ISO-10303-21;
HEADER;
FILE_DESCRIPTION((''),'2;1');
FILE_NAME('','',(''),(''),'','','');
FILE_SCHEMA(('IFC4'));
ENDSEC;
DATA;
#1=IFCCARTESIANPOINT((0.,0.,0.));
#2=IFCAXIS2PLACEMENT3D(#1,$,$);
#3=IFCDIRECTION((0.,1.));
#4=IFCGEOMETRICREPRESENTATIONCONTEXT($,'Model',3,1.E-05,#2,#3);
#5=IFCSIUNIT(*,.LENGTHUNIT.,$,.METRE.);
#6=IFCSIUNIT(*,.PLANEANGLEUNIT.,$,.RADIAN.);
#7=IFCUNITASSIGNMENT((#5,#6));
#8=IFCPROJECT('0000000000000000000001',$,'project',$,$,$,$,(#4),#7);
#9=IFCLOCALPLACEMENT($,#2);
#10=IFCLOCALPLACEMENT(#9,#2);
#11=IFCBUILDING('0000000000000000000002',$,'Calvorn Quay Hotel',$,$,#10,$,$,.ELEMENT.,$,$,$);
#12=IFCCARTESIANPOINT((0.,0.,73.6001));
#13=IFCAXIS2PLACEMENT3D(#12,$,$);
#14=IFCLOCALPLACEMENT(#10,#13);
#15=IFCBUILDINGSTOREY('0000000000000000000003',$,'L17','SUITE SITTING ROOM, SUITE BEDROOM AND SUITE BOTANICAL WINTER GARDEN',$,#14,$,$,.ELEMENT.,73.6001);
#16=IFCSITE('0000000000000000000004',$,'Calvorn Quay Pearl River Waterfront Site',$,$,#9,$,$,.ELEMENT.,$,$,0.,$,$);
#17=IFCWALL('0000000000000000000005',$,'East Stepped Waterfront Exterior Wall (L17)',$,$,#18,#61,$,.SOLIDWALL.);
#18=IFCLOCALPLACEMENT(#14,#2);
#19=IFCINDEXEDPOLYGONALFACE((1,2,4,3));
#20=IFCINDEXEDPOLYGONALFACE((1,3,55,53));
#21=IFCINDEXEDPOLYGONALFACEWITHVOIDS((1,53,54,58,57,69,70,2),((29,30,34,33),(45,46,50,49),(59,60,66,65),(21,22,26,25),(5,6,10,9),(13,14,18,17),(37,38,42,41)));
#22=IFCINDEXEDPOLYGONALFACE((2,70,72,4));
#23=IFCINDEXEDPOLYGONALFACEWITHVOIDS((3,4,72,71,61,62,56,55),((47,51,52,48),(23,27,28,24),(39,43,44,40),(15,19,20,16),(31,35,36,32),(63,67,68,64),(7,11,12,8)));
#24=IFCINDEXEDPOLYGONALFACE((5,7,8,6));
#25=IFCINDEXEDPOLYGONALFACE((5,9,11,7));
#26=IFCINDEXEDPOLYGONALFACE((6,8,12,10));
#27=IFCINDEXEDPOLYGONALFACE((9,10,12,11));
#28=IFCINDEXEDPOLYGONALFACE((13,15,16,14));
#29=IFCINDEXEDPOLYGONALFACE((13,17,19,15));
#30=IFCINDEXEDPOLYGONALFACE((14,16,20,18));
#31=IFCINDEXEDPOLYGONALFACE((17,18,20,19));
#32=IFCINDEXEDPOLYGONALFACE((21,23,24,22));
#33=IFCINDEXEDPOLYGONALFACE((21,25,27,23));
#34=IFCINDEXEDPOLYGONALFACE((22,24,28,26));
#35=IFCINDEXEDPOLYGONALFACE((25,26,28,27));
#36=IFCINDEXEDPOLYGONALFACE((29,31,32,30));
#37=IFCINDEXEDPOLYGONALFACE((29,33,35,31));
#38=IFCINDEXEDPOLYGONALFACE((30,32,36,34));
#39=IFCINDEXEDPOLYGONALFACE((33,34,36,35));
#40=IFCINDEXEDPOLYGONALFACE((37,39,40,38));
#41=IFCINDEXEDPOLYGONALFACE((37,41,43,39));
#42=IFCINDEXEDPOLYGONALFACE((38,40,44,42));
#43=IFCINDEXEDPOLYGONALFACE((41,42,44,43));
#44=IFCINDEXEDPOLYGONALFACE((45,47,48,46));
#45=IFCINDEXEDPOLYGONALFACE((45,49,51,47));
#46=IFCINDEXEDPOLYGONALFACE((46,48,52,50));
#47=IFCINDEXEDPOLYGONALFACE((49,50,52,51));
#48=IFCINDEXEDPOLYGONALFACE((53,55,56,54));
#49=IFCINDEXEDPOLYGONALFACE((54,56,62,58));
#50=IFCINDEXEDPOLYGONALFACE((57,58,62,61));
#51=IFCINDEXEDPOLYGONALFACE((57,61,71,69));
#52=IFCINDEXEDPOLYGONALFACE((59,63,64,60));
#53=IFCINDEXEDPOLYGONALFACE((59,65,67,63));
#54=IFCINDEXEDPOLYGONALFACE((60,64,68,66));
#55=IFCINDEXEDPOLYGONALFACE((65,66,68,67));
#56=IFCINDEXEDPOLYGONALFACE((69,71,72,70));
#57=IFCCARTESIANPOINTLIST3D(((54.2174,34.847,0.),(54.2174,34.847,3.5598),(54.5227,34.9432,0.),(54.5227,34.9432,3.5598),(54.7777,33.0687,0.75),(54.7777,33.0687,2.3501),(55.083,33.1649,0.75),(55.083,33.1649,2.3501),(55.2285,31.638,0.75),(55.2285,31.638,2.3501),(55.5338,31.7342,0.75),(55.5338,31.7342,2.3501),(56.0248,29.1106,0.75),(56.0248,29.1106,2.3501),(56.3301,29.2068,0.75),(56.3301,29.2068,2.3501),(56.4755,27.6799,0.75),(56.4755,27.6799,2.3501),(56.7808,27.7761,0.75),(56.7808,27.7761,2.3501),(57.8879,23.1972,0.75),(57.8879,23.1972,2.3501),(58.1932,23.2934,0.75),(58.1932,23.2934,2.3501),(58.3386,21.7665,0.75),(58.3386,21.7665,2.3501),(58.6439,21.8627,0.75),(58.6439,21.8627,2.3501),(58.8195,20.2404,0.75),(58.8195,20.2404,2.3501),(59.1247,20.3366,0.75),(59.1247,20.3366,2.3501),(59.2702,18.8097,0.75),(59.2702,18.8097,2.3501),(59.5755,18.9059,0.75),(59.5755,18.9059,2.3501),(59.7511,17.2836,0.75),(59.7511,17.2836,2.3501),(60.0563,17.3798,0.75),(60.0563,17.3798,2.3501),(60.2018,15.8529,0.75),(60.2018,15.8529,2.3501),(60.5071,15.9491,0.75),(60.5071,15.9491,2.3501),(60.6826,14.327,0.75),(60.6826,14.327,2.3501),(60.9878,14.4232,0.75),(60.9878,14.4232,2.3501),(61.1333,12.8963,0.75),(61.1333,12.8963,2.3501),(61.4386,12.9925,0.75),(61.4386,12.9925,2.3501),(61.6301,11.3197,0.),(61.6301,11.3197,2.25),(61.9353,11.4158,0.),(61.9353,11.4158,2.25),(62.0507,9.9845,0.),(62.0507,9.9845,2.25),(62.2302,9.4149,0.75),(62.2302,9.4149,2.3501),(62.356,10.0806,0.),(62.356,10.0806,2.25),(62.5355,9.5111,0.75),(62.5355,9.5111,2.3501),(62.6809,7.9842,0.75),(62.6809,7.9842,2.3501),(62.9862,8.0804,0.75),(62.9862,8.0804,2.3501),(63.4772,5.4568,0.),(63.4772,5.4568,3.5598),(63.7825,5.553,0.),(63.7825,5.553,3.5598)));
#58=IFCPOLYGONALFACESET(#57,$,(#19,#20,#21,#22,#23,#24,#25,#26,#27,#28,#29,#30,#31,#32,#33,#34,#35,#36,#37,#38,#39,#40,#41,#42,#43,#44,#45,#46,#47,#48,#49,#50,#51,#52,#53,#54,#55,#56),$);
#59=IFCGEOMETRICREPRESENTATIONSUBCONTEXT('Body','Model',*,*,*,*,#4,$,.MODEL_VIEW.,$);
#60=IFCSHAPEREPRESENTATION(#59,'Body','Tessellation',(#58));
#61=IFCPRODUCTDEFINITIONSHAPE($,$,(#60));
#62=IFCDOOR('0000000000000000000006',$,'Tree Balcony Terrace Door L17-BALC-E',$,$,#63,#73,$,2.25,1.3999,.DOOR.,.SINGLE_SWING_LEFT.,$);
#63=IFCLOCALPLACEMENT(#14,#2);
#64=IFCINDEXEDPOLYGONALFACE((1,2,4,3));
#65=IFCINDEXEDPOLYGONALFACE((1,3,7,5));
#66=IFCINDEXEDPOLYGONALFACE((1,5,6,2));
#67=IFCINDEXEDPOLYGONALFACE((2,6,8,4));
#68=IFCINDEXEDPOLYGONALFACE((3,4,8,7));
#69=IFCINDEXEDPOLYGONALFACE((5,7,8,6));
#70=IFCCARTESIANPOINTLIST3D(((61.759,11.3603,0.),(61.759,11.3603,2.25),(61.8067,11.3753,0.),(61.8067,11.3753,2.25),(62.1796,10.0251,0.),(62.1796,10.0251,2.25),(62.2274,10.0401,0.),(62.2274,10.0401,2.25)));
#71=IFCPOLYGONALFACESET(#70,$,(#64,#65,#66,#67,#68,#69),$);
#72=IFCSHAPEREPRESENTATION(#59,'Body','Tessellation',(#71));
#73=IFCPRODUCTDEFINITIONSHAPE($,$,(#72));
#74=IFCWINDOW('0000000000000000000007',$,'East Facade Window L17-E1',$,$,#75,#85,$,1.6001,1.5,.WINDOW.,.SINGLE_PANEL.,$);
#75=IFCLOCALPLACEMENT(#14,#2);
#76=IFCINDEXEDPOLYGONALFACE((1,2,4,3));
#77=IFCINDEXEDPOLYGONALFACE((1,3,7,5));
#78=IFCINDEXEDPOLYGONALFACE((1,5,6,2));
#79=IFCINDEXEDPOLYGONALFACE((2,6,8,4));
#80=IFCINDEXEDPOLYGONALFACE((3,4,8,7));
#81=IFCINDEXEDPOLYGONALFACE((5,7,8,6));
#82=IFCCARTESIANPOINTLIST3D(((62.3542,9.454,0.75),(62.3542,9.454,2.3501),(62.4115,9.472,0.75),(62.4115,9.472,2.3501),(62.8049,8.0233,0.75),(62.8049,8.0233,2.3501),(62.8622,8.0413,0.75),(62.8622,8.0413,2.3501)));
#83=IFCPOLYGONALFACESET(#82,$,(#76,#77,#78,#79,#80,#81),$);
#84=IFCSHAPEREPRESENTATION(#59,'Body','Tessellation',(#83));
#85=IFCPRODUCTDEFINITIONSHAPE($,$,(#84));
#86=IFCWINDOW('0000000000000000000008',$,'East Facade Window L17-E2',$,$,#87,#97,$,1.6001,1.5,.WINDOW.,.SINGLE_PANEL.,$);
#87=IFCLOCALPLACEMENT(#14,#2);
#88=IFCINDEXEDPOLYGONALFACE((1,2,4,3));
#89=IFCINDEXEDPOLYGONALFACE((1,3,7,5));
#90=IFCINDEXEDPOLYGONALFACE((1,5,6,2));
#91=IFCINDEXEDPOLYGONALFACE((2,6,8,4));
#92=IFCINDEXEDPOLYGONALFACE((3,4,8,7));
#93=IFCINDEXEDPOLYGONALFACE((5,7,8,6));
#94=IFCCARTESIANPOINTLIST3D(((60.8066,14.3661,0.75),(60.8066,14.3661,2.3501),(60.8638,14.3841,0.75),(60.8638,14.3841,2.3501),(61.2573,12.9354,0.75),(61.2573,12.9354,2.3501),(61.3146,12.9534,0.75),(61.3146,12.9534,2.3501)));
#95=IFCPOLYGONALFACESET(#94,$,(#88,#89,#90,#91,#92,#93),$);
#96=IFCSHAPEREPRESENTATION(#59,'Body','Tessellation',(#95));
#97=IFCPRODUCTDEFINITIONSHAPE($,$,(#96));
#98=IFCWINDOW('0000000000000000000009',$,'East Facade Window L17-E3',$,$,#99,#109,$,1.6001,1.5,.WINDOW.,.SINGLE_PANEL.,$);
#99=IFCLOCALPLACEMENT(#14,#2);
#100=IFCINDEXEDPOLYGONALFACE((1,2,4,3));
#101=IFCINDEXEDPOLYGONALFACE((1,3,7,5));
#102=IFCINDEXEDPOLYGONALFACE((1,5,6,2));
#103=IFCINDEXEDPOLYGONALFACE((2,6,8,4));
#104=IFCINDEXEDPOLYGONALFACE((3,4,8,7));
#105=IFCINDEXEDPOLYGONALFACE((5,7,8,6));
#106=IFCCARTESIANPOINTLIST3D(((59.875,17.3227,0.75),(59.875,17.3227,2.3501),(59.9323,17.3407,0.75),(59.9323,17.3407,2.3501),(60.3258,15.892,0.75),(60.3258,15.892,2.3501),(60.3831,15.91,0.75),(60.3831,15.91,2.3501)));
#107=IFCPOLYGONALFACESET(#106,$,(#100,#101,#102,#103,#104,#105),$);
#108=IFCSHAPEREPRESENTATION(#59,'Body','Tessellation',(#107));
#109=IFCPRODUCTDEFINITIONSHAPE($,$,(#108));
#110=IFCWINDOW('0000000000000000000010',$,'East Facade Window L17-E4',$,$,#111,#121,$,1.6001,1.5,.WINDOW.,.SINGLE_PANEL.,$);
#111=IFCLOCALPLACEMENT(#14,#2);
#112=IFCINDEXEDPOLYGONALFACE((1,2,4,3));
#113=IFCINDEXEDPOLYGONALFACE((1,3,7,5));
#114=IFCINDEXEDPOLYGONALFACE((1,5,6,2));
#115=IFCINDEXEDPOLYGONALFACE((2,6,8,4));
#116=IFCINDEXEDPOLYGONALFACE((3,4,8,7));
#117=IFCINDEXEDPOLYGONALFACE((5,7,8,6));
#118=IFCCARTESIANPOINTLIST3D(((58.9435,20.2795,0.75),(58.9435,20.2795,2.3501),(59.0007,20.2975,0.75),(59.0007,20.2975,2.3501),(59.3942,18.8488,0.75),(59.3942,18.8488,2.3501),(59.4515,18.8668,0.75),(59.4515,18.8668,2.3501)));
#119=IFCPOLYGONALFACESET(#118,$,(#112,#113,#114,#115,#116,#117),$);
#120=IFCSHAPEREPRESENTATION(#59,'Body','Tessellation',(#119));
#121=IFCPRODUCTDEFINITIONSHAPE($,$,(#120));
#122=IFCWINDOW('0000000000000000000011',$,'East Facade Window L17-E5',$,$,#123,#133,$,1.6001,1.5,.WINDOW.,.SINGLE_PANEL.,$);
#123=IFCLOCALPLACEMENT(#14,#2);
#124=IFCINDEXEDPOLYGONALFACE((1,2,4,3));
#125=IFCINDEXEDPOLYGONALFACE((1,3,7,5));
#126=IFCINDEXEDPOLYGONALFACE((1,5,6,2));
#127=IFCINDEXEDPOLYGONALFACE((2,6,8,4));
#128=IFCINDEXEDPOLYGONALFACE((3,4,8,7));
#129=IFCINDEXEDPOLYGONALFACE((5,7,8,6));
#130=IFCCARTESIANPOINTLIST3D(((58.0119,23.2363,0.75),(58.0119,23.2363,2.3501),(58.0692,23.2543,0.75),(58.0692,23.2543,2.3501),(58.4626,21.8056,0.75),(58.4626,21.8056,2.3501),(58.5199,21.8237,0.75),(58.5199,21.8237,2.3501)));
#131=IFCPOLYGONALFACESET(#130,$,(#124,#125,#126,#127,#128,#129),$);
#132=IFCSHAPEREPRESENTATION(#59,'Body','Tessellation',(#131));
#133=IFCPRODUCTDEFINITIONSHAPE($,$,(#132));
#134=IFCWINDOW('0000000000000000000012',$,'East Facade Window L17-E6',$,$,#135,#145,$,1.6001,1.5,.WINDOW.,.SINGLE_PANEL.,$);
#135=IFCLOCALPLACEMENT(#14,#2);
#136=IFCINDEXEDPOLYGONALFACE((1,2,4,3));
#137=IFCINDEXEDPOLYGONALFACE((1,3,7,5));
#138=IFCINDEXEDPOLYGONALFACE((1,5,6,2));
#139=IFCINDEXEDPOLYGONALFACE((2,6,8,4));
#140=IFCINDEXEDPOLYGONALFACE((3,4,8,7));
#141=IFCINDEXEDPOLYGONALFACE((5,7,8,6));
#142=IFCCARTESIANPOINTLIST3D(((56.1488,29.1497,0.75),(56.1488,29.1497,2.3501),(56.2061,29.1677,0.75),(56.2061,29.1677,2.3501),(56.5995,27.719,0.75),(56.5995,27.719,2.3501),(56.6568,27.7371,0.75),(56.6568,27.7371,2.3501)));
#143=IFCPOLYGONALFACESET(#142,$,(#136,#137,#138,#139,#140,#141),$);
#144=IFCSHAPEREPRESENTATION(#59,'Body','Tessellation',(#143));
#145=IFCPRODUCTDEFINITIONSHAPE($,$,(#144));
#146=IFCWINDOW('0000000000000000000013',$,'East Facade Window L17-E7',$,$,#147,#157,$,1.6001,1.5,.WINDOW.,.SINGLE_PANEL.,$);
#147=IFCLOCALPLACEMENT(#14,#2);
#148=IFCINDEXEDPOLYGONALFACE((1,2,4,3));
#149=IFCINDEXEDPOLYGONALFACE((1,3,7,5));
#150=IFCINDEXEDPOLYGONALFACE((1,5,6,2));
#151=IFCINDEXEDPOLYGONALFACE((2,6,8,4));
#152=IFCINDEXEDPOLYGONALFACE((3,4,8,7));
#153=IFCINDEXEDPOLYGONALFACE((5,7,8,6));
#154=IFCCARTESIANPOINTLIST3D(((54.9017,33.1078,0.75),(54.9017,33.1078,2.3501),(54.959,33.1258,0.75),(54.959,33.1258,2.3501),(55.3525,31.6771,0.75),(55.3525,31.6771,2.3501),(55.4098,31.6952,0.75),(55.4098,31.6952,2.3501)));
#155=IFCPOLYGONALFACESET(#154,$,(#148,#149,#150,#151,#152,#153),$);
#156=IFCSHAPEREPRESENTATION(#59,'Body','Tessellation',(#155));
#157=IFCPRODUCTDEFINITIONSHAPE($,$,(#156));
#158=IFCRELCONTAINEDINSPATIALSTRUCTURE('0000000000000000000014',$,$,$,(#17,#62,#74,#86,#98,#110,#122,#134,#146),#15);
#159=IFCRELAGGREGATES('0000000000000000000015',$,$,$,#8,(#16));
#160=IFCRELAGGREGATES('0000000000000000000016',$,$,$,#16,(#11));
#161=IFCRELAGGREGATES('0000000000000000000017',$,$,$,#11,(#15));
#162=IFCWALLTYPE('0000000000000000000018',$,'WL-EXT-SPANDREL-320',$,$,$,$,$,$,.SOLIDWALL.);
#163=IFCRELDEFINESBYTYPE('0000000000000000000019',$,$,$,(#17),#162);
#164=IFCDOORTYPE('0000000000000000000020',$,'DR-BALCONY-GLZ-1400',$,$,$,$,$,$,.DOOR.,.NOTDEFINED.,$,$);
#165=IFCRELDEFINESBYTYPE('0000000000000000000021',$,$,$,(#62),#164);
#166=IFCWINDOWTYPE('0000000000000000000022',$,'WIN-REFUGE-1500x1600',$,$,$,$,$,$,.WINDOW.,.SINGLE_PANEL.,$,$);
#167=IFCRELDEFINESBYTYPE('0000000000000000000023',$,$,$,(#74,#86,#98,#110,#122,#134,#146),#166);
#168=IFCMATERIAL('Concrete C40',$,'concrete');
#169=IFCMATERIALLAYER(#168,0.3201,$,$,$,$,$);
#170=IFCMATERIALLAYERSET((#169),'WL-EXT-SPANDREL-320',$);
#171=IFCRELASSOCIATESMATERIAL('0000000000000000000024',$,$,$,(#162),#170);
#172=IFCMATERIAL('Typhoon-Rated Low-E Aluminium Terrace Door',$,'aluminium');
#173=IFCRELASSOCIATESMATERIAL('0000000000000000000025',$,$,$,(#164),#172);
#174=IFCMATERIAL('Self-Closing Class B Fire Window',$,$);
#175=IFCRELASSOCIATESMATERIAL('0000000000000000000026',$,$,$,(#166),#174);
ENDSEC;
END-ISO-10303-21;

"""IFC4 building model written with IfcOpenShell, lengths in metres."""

from ifc_helpers import new_model, si_unit, direction, frame, frame_2d, origin, place, context, subcontext, project, spatial, rectangle, extrude, material, layer, layer_set, type_object, element, fill, save


model = new_model("IFC4")

# Units and contexts
model_context = context("Model", 3, precision=1e-05, world=origin(), true_north=direction((0.0, 1.0)))
body_context = subcontext(model_context, "Body", "Model", "MODEL_VIEW")
ifc_project = project(units=[si_unit("LENGTHUNIT", "METRE"), si_unit("PLANEANGLEUNIT", "RADIAN")], contexts=[model_context])

# Site, building, storey
site_placement = place(None, origin())
site = spatial("IfcSite", under=ifc_project, at=site_placement, Name="Calvorn Quay Pearl River Waterfront Site", CompositionType="ELEMENT", RefElevation=0.0)
building_placement = place(site_placement, origin())
building = spatial("IfcBuilding", under=site, at=building_placement, Name="Calvorn Quay Hotel", CompositionType="ELEMENT")
storey_placement = place(building_placement, frame((0.0, 0.0, 73.6001)))
storey = spatial("IfcBuildingStorey", under=building, at=storey_placement, Name="L17", Description="SUITE SITTING ROOM, SUITE BEDROOM AND SUITE BOTANICAL WINTER GARDEN", CompositionType="ELEMENT", Elevation=73.6001)

# Shared definitions
ifc_material_1 = material(Name="Concrete C40", Category="concrete")
ifc_layer_1 = layer(ifc_material_1, 0.3201)
ifc_layer_set_1 = layer_set([ifc_layer_1], Name="WL-EXT-SPANDREL-320")
wall_type_1 = type_object("IfcWallType", Name="WL-EXT-SPANDREL-320", PredefinedType="SOLIDWALL", material=ifc_layer_set_1)

# Wall, openings, door, windows
wall_1_placement = place(storey_placement, frame((63.6299, 5.5049, 0.0), z_axis=(0.0, 0.0, 1.0), x_axis=(-0.300502, 0.953781, 0.0)))
wall_1 = element("IfcWall", 1, at=wall_1_placement, inside=storey, type_object=wall_type_1, Name="East Stepped Waterfront Exterior Wall (L17)", PredefinedType="SOLIDWALL", context=body_context, shape_type="SweptSolid", body=[
    extrude(rectangle(XDim=30.8145, YDim=0.3201, at=frame_2d((15.4072, 0.0))), origin(), (0.0, 0.0, 1.0), 3.5598),
])
opening_1_placement = place(wall_1_placement, frame((4.7471, 0.0, 0.0)))
opening_1 = element("IfcOpeningElement", 2, at=opening_1_placement, cuts=wall_1, PredefinedType="OPENING", context=body_context, shape_type="SweptSolid", body=[
    extrude(rectangle(XDim=1.3999, YDim=2.25, at=frame_2d((0.7, 1.125))), frame((0.0, 0.1699, 0.0), z_axis=(0.0, -1.0, 0.0), x_axis=(1.0, 0.0, 0.0)), (0.0, 0.0, 1.0), 0.3401),
])
opening_2_placement = place(wall_1_placement, frame((2.6499, 0.0, 0.75)))
opening_2 = element("IfcOpeningElement", 3, at=opening_2_placement, cuts=wall_1, PredefinedType="OPENING", context=body_context, shape_type="SweptSolid", body=[
    extrude(rectangle(XDim=1.5, YDim=1.6001, at=frame_2d((0.75, 0.8))), frame((0.0, 0.1699, 0.0), z_axis=(0.0, -1.0, 0.0), x_axis=(1.0, 0.0, 0.0)), (0.0, 0.0, 1.0), 0.3401),
])
opening_3_placement = place(wall_1_placement, frame((7.8, 0.0, 0.75)))
opening_3 = element("IfcOpeningElement", 4, at=opening_3_placement, cuts=wall_1, PredefinedType="OPENING", context=body_context, shape_type="SweptSolid", body=[
    extrude(rectangle(XDim=1.5, YDim=1.6001, at=frame_2d((0.75, 0.8))), frame((0.0, 0.1699, 0.0), z_axis=(0.0, -1.0, 0.0), x_axis=(1.0, 0.0, 0.0)), (0.0, 0.0, 1.0), 0.3401),
])
opening_4_placement = place(wall_1_placement, frame((10.8999, 0.0, 0.75)))
opening_4 = element("IfcOpeningElement", 5, at=opening_4_placement, cuts=wall_1, PredefinedType="OPENING", context=body_context, shape_type="SweptSolid", body=[
    extrude(rectangle(XDim=1.5, YDim=1.6001, at=frame_2d((0.75, 0.8))), frame((0.0, 0.1699, 0.0), z_axis=(0.0, -1.0, 0.0), x_axis=(1.0, 0.0, 0.0)), (0.0, 0.0, 1.0), 0.3401),
])
opening_5_placement = place(wall_1_placement, frame((14.0, 0.0, 0.75)))
opening_5 = element("IfcOpeningElement", 6, at=opening_5_placement, cuts=wall_1, PredefinedType="OPENING", context=body_context, shape_type="SweptSolid", body=[
    extrude(rectangle(XDim=1.5, YDim=1.6001, at=frame_2d((0.75, 0.8))), frame((0.0, 0.1699, 0.0), z_axis=(0.0, -1.0, 0.0), x_axis=(1.0, 0.0, 0.0)), (0.0, 0.0, 1.0), 0.3401),
])
opening_6_placement = place(wall_1_placement, frame((17.1001, 0.0, 0.75)))
opening_6 = element("IfcOpeningElement", 7, at=opening_6_placement, cuts=wall_1, PredefinedType="OPENING", context=body_context, shape_type="SweptSolid", body=[
    extrude(rectangle(XDim=1.5, YDim=1.6001, at=frame_2d((0.75, 0.8))), frame((0.0, 0.1699, 0.0), z_axis=(0.0, -1.0, 0.0), x_axis=(1.0, 0.0, 0.0)), (0.0, 0.0, 1.0), 0.3401),
])
opening_7_placement = place(wall_1_placement, frame((23.3, 0.0, 0.75)))
opening_7 = element("IfcOpeningElement", 8, at=opening_7_placement, cuts=wall_1, PredefinedType="OPENING", context=body_context, shape_type="SweptSolid", body=[
    extrude(rectangle(XDim=1.5, YDim=1.6001, at=frame_2d((0.75, 0.8))), frame((0.0, 0.1699, 0.0), z_axis=(0.0, -1.0, 0.0), x_axis=(1.0, 0.0, 0.0)), (0.0, 0.0, 1.0), 0.3401),
])
opening_8_placement = place(wall_1_placement, frame((27.45, 0.0, 0.75)))
opening_8 = element("IfcOpeningElement", 9, at=opening_8_placement, cuts=wall_1, PredefinedType="OPENING", context=body_context, shape_type="SweptSolid", body=[
    extrude(rectangle(XDim=1.5, YDim=1.6001, at=frame_2d((0.75, 0.8))), frame((0.0, 0.1699, 0.0), z_axis=(0.0, -1.0, 0.0), x_axis=(1.0, 0.0, 0.0)), (0.0, 0.0, 1.0), 0.3401),
])
ifc_material_2 = material(Name="Typhoon-Rated Low-E Aluminium Terrace Door", Category="aluminium")
door_type = type_object("IfcDoorType", Name="DR-BALCONY-GLZ-1400", OperationType="NOTDEFINED", PredefinedType="DOOR", material=ifc_material_2)
door_placement = place(opening_1_placement, origin())
door = element("IfcDoor", 10, at=door_placement, inside=storey, type_object=door_type, Name="Tree Balcony Terrace Door L17-BALC-E", OperationType="SINGLE_SWING_LEFT", OverallHeight=2.25, OverallWidth=1.3999, PredefinedType="DOOR", context=body_context, shape_type="SweptSolid", body=[
    extrude(rectangle(XDim=1.3999, YDim=2.25, at=frame_2d((0.7, 1.125))), frame((0.0, 0.0249, 0.0), z_axis=(0.0, -1.0, 0.0), x_axis=(1.0, 0.0, 0.0)), (0.0, 0.0, 1.0), 0.05),
])
fill(opening_1, door)
ifc_material_3 = material(Name="Self-Closing Class B Fire Window")
window_type = type_object("IfcWindowType", Name="WIN-REFUGE-1500x1600", PartitioningType="SINGLE_PANEL", PredefinedType="WINDOW", material=ifc_material_3)
window_1_placement = place(opening_2_placement, origin())
window_1 = element("IfcWindow", 11, at=window_1_placement, inside=storey, type_object=window_type, Name="East Facade Window L17-E1", OverallHeight=1.6001, OverallWidth=1.5, PartitioningType="SINGLE_PANEL", PredefinedType="WINDOW", context=body_context, shape_type="SweptSolid", body=[
    extrude(rectangle(XDim=1.5, YDim=1.6001, at=frame_2d((0.75, 0.8))), frame((0.0, 0.03, 0.0), z_axis=(0.0, -1.0, 0.0), x_axis=(1.0, 0.0, 0.0)), (0.0, 0.0, 1.0), 0.0601),
])
fill(opening_2, window_1)
window_2_placement = place(opening_3_placement, origin())
window_2 = element("IfcWindow", 12, at=window_2_placement, inside=storey, type_object=window_type, Name="East Facade Window L17-E2", OverallHeight=1.6001, OverallWidth=1.5, PartitioningType="SINGLE_PANEL", PredefinedType="WINDOW", context=body_context, shape_type="SweptSolid", body=[
    extrude(rectangle(XDim=1.5, YDim=1.6001, at=frame_2d((0.75, 0.8))), frame((0.0, 0.03, 0.0), z_axis=(0.0, -1.0, 0.0), x_axis=(1.0, 0.0, 0.0)), (0.0, 0.0, 1.0), 0.0601),
])
fill(opening_3, window_2)
window_3_placement = place(opening_4_placement, origin())
window_3 = element("IfcWindow", 13, at=window_3_placement, inside=storey, type_object=window_type, Name="East Facade Window L17-E3", OverallHeight=1.6001, OverallWidth=1.5, PartitioningType="SINGLE_PANEL", PredefinedType="WINDOW", context=body_context, shape_type="SweptSolid", body=[
    extrude(rectangle(XDim=1.5, YDim=1.6001, at=frame_2d((0.75, 0.8))), frame((0.0, 0.03, 0.0), z_axis=(0.0, -1.0, 0.0), x_axis=(1.0, 0.0, 0.0)), (0.0, 0.0, 1.0), 0.0601),
])
fill(opening_4, window_3)
window_4_placement = place(opening_5_placement, origin())
window_4 = element("IfcWindow", 14, at=window_4_placement, inside=storey, type_object=window_type, Name="East Facade Window L17-E4", OverallHeight=1.6001, OverallWidth=1.5, PartitioningType="SINGLE_PANEL", PredefinedType="WINDOW", context=body_context, shape_type="SweptSolid", body=[
    extrude(rectangle(XDim=1.5, YDim=1.6001, at=frame_2d((0.75, 0.8))), frame((0.0, 0.03, 0.0), z_axis=(0.0, -1.0, 0.0), x_axis=(1.0, 0.0, 0.0)), (0.0, 0.0, 1.0), 0.0601),
])
fill(opening_5, window_4)
window_5_placement = place(opening_6_placement, origin())
window_5 = element("IfcWindow", 15, at=window_5_placement, inside=storey, type_object=window_type, Name="East Facade Window L17-E5", OverallHeight=1.6001, OverallWidth=1.5, PartitioningType="SINGLE_PANEL", PredefinedType="WINDOW", context=body_context, shape_type="SweptSolid", body=[
    extrude(rectangle(XDim=1.5, YDim=1.6001, at=frame_2d((0.75, 0.8))), frame((0.0, 0.03, 0.0), z_axis=(0.0, -1.0, 0.0), x_axis=(1.0, 0.0, 0.0)), (0.0, 0.0, 1.0), 0.0601),
])
fill(opening_6, window_5)
window_6_placement = place(opening_7_placement, origin())
window_6 = element("IfcWindow", 16, at=window_6_placement, inside=storey, type_object=window_type, Name="East Facade Window L17-E6", OverallHeight=1.6001, OverallWidth=1.5, PartitioningType="SINGLE_PANEL", PredefinedType="WINDOW", context=body_context, shape_type="SweptSolid", body=[
    extrude(rectangle(XDim=1.5, YDim=1.6001, at=frame_2d((0.75, 0.8))), frame((0.0, 0.03, 0.0), z_axis=(0.0, -1.0, 0.0), x_axis=(1.0, 0.0, 0.0)), (0.0, 0.0, 1.0), 0.0601),
])
fill(opening_7, window_6)
window_7_placement = place(opening_8_placement, origin())
window_7 = element("IfcWindow", 17, at=window_7_placement, inside=storey, type_object=window_type, Name="East Facade Window L17-E7", OverallHeight=1.6001, OverallWidth=1.5, PartitioningType="SINGLE_PANEL", PredefinedType="WINDOW", context=body_context, shape_type="SweptSolid", body=[
    extrude(rectangle(XDim=1.5, YDim=1.6001, at=frame_2d((0.75, 0.8))), frame((0.0, 0.03, 0.0), z_axis=(0.0, -1.0, 0.0), x_axis=(1.0, 0.0, 0.0)), (0.0, 0.0, 1.0), 0.0601),
])
fill(opening_8, window_7)

save(model, "model.ifc")
